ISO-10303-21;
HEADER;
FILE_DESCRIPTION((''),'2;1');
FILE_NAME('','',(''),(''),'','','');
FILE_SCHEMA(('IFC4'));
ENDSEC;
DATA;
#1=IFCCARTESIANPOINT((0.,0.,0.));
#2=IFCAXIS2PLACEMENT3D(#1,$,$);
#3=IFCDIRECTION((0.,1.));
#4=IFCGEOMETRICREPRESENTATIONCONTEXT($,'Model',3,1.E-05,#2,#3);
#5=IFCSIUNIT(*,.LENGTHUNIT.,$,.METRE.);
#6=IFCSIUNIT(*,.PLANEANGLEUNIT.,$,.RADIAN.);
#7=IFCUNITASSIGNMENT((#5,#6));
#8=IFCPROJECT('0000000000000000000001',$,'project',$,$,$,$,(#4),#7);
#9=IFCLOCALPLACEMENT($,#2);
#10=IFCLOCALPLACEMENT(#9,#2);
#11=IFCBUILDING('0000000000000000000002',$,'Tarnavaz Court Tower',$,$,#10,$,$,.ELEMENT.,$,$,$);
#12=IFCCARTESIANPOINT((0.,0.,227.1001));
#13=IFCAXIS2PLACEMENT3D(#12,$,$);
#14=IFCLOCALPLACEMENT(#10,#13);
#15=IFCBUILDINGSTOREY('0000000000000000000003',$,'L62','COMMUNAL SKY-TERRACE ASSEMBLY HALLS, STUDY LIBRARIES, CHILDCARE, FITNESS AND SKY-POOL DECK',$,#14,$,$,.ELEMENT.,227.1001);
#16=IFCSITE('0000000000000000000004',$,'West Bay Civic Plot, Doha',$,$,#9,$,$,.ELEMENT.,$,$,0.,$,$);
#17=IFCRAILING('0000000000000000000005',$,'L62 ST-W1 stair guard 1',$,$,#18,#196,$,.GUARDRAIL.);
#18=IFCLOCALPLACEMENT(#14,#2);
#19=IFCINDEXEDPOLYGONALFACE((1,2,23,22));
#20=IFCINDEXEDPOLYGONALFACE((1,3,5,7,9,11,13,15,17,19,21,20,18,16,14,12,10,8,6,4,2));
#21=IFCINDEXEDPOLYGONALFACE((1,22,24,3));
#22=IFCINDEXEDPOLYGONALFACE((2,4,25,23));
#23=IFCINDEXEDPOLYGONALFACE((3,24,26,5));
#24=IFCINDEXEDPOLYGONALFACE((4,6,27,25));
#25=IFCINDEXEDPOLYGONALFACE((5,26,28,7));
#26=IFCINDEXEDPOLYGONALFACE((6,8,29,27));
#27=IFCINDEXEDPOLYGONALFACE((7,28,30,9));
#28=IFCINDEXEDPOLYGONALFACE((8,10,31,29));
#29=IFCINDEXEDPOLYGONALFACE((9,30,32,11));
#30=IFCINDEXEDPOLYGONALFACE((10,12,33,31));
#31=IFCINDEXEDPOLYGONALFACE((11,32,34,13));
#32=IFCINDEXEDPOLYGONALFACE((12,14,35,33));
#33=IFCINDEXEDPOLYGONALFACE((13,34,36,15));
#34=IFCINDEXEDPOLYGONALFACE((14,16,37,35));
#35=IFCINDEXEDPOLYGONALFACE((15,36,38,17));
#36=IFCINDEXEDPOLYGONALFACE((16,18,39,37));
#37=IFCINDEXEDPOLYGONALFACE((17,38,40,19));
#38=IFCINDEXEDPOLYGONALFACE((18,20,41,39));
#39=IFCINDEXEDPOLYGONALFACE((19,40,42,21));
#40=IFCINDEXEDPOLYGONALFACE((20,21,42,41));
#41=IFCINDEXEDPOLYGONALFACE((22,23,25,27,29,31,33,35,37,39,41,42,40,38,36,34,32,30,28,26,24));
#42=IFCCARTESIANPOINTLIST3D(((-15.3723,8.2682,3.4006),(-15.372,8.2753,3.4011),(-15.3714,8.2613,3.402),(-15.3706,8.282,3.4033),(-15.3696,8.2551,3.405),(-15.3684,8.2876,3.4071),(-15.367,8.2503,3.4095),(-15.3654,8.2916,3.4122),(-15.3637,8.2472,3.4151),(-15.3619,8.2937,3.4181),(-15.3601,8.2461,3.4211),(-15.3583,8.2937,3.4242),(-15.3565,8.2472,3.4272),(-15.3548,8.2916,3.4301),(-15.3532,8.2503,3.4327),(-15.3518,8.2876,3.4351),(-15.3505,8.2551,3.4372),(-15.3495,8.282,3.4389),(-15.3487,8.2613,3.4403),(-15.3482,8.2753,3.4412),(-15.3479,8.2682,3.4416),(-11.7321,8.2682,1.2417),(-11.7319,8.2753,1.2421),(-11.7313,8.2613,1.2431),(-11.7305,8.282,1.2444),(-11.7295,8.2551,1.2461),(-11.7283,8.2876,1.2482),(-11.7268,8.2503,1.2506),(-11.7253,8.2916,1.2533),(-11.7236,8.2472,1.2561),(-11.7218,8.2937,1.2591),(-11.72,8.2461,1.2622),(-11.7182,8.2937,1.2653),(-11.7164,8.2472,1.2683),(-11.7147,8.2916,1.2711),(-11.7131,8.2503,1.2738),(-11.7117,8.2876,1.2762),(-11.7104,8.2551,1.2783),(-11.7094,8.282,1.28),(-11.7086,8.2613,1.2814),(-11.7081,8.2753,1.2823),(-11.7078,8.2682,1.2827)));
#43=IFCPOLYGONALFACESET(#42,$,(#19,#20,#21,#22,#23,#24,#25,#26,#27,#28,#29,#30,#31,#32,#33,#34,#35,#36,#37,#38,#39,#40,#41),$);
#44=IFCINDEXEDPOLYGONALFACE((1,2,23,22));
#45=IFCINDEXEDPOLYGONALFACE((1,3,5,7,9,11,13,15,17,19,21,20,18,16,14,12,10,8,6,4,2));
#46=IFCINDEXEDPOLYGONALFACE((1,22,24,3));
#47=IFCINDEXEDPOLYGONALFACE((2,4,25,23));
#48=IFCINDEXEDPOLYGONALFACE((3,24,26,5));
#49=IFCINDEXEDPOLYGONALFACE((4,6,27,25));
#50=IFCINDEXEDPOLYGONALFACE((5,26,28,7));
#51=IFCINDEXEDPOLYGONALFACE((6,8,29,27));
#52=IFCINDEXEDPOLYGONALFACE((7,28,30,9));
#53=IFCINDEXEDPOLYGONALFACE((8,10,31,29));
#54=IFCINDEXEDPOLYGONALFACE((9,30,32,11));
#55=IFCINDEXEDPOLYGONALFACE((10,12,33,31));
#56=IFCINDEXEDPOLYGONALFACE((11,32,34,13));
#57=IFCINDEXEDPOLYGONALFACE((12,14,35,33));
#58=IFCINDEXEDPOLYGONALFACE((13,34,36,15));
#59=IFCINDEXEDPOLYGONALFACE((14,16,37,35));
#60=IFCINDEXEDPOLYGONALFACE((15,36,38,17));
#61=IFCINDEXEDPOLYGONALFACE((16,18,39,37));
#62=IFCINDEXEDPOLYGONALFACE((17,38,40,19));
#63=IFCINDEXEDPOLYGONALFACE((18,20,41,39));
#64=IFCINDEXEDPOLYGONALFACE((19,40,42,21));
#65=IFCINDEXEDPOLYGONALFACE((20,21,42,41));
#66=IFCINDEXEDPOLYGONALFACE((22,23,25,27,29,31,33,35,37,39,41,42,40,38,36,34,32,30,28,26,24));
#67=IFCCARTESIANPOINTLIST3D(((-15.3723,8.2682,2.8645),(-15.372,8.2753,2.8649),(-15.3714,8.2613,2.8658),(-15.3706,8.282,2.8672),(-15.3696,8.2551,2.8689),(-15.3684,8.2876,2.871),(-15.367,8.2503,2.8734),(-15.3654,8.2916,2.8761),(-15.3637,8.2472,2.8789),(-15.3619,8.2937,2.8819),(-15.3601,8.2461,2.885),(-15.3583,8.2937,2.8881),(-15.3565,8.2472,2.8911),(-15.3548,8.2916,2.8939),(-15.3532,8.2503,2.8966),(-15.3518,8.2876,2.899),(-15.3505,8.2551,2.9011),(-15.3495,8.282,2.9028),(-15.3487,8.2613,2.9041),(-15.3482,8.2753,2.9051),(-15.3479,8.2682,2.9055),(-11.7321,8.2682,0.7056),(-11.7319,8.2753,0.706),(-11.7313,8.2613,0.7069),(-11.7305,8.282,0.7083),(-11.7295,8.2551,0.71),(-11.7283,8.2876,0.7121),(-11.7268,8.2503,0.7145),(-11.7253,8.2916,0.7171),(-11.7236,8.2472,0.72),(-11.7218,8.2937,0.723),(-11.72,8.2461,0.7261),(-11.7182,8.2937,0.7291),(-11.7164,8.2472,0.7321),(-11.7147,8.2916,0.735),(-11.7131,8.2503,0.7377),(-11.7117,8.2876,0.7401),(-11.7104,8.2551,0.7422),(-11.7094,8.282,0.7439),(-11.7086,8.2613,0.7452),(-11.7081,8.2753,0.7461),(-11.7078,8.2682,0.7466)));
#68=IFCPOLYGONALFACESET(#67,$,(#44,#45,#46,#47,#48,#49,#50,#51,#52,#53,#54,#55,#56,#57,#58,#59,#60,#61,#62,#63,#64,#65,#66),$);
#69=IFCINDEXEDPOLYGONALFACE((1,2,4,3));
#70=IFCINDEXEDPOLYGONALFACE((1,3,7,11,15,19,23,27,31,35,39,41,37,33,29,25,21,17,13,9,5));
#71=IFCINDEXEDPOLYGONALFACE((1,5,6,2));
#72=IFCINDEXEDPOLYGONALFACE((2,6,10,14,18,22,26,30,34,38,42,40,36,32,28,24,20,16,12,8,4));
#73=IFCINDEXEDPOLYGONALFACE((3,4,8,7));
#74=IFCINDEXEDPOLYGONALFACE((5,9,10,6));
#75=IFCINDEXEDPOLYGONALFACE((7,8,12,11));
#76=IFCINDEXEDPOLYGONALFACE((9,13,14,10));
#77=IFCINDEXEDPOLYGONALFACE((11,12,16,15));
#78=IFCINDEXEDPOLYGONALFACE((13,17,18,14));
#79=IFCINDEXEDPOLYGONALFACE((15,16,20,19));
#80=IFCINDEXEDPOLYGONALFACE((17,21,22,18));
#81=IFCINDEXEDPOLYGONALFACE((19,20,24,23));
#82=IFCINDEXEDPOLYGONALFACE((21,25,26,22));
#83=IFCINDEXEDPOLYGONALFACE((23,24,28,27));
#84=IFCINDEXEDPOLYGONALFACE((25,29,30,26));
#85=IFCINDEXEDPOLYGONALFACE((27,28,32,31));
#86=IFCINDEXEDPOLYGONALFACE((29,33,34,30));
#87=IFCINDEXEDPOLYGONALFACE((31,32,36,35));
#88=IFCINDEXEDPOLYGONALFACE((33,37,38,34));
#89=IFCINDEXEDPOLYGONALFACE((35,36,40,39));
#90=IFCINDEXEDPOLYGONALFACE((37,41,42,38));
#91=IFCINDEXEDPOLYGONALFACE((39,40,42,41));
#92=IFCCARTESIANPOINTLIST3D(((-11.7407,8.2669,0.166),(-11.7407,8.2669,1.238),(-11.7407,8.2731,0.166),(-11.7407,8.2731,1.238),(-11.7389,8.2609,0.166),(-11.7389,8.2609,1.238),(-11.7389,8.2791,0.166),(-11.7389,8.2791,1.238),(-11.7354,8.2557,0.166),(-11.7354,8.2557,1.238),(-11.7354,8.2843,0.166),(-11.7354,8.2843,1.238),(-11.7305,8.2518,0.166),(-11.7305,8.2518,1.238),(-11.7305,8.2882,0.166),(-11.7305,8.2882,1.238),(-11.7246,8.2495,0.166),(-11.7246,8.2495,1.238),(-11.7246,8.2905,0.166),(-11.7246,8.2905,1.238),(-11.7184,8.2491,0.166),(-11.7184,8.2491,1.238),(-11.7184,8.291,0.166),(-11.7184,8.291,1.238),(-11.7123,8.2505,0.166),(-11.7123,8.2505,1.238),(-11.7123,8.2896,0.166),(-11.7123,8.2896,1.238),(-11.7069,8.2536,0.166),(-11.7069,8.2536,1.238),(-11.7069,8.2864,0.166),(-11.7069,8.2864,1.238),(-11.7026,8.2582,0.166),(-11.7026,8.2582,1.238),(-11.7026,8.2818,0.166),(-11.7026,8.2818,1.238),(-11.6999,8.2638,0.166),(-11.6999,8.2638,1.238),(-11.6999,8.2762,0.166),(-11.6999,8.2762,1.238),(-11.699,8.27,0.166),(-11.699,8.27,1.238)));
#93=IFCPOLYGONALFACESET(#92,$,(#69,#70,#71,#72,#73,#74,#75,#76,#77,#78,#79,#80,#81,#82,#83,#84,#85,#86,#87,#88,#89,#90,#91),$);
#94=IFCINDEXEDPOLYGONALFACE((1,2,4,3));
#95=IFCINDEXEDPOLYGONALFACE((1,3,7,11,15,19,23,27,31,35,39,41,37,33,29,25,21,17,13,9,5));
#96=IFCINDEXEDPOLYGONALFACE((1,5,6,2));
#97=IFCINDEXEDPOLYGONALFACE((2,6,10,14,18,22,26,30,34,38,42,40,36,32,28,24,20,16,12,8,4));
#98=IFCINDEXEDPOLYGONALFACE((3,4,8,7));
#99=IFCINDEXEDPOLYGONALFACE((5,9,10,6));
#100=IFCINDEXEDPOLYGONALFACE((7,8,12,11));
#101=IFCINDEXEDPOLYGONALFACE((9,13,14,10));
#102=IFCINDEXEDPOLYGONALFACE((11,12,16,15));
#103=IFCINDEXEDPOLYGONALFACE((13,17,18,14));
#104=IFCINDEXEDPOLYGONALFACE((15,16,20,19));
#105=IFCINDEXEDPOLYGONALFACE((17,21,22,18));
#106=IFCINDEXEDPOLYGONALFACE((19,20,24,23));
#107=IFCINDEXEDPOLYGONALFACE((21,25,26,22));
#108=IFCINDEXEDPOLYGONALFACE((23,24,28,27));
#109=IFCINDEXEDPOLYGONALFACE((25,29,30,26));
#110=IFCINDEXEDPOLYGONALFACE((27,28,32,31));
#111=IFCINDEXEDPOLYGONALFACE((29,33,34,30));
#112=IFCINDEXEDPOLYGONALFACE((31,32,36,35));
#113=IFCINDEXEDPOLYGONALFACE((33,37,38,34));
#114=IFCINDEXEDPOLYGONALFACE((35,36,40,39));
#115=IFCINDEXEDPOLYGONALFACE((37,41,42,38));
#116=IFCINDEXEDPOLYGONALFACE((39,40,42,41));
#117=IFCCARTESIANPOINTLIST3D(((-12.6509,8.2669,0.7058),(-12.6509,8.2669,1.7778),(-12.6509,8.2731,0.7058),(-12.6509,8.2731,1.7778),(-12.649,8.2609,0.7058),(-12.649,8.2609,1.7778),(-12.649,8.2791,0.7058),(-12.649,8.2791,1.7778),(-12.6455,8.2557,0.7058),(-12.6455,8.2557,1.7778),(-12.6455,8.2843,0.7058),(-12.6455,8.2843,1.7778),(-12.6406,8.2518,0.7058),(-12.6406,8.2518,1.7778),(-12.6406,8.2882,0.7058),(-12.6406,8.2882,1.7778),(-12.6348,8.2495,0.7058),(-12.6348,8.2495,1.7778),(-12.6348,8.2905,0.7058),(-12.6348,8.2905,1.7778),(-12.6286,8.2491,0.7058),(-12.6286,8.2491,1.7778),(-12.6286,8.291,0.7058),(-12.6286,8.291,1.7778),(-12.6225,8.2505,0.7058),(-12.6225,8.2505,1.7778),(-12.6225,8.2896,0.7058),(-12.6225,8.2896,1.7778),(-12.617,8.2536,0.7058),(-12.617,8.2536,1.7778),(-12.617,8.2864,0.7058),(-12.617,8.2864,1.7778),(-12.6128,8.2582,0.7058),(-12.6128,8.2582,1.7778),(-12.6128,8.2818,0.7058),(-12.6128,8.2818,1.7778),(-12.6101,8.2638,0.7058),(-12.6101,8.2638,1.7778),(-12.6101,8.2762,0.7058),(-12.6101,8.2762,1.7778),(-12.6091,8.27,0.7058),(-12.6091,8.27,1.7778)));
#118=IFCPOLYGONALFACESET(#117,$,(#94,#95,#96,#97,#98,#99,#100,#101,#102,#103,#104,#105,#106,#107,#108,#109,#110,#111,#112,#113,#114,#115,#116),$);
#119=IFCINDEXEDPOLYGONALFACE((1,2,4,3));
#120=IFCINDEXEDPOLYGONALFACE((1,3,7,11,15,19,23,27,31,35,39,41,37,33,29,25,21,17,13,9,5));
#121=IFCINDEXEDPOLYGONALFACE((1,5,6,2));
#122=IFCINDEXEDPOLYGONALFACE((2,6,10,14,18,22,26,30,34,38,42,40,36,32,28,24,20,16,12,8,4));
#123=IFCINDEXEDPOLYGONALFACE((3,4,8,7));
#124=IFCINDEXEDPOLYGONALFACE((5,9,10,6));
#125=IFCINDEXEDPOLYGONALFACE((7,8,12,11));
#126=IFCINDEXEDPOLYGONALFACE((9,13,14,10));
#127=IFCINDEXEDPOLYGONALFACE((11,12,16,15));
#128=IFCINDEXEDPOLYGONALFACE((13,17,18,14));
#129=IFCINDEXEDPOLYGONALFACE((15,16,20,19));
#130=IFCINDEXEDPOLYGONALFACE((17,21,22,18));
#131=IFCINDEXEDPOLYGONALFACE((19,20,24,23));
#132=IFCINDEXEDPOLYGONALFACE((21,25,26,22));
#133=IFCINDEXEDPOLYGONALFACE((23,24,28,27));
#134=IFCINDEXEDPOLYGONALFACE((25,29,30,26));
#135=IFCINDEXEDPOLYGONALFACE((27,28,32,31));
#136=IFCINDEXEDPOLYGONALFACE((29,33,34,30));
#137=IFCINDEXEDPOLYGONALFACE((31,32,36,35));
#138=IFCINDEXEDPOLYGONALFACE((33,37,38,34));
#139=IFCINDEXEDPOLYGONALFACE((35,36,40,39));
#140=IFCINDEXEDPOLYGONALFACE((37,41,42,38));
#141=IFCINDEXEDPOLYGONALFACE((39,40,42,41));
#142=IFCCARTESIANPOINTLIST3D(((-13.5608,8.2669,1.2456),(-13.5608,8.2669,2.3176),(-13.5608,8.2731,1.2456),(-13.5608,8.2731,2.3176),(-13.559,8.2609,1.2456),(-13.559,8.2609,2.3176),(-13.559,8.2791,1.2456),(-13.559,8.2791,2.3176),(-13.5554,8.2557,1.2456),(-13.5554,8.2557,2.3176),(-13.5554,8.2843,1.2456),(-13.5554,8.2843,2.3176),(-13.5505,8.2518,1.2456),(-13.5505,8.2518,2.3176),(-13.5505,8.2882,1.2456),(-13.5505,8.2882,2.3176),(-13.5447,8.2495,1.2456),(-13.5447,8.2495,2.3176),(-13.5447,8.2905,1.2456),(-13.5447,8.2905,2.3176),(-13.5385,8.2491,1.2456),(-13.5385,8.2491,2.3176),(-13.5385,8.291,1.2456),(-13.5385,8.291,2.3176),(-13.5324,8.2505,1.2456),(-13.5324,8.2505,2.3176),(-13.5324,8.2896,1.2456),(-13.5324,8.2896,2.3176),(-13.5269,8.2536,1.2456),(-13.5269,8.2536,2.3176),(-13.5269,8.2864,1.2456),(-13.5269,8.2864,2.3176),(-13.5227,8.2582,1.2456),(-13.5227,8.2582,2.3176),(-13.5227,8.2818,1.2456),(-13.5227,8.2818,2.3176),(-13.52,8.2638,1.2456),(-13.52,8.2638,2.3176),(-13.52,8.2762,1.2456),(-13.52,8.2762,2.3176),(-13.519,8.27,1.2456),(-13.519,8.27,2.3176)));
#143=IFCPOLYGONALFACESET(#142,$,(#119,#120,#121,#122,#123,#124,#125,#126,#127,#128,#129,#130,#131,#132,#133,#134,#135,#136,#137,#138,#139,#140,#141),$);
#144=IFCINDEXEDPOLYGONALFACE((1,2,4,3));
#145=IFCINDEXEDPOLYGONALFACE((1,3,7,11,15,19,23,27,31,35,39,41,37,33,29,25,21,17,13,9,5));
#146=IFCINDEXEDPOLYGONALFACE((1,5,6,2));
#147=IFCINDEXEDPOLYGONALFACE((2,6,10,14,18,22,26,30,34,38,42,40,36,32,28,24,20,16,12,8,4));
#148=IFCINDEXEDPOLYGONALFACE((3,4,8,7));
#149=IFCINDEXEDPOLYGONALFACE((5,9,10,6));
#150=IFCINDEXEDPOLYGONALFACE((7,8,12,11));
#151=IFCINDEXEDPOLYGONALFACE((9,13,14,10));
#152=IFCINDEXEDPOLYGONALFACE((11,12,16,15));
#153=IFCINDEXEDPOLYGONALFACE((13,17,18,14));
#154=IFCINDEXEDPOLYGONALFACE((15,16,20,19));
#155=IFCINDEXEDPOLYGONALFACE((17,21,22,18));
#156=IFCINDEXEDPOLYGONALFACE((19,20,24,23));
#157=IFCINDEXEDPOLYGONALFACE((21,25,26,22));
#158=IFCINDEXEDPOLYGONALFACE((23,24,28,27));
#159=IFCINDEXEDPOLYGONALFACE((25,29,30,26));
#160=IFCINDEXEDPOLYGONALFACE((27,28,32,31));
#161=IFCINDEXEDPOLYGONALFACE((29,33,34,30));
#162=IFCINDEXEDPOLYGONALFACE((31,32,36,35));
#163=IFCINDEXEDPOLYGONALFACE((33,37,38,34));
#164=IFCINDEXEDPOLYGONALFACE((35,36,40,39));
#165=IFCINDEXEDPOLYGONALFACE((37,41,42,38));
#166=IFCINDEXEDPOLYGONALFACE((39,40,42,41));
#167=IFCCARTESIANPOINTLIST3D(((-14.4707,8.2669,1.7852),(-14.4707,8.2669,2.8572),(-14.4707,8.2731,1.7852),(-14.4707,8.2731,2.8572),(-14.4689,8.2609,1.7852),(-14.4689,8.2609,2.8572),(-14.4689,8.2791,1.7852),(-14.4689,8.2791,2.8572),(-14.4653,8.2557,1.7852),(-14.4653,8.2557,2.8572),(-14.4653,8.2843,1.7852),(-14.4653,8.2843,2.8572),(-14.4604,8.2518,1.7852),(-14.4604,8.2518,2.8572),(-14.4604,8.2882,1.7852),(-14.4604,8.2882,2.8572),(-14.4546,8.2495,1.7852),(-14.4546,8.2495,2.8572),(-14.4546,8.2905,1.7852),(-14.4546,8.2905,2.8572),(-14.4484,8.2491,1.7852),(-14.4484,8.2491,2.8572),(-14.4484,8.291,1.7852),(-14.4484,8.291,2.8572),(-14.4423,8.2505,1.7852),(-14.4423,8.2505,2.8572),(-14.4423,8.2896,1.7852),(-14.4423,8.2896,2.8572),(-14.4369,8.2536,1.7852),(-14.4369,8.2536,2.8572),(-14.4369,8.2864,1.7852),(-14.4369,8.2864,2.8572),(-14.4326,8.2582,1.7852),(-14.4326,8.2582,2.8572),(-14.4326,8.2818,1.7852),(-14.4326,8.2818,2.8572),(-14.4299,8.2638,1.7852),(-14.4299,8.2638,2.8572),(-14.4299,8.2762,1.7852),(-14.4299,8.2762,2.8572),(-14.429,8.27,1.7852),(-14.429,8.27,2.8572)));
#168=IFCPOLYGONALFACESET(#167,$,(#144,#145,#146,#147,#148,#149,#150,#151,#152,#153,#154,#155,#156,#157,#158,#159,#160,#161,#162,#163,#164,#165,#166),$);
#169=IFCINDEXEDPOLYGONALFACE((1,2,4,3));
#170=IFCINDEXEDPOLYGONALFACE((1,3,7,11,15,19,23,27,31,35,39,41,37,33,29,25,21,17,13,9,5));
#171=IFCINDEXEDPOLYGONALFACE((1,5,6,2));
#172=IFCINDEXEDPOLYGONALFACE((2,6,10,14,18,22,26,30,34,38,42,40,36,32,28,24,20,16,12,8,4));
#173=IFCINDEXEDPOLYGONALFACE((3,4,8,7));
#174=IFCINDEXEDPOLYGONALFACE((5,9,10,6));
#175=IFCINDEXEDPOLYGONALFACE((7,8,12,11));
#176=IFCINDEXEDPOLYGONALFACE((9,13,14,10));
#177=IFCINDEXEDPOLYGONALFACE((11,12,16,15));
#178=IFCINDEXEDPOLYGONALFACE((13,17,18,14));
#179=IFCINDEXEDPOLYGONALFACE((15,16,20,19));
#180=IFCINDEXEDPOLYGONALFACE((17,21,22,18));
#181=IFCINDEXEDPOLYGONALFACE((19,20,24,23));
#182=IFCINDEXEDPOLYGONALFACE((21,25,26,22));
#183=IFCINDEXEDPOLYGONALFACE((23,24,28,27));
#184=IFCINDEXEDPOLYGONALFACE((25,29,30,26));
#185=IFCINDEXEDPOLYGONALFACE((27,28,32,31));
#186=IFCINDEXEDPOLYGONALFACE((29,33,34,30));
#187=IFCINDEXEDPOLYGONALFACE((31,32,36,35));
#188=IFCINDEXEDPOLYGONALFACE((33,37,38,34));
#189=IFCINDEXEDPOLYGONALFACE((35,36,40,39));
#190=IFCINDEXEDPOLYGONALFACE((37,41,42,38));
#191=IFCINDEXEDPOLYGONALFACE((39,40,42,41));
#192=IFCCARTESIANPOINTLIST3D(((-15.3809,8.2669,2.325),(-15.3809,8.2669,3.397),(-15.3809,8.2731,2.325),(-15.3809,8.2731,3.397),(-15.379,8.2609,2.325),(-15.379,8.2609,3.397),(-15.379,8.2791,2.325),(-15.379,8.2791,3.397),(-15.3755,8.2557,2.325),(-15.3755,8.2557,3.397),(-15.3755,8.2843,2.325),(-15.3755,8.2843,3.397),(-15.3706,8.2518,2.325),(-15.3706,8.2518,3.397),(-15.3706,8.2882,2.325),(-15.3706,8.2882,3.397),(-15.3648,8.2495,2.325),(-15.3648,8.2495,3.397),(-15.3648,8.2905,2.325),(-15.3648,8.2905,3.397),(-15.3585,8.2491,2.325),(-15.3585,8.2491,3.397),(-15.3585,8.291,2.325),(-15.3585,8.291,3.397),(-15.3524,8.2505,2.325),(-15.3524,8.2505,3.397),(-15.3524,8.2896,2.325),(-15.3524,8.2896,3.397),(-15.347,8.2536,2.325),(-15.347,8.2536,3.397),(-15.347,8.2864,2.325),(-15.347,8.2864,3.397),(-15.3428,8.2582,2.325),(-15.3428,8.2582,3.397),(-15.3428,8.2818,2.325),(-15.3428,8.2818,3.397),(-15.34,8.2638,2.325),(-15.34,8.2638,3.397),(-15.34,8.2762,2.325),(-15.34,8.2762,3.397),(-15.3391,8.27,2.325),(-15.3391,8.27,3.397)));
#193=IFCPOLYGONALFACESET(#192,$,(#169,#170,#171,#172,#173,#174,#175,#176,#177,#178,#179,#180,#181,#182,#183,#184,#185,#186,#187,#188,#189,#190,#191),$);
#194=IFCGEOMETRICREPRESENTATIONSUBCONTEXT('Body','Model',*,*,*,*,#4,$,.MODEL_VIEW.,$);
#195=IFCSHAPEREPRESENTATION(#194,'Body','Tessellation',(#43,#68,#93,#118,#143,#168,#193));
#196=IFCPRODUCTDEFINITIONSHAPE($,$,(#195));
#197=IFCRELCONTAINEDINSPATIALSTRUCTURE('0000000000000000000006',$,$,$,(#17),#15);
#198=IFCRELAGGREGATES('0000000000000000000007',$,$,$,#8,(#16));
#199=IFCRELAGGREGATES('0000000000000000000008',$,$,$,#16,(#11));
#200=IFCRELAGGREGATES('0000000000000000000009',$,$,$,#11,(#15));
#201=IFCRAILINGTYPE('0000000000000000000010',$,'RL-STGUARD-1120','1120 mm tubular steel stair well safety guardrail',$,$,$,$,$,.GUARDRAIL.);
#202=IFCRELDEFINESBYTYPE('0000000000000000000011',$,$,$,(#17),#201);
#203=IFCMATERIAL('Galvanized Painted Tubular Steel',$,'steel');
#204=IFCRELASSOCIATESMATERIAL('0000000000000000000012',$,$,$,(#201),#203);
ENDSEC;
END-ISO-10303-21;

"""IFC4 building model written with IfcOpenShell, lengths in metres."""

from ifc_helpers import new_model, si_unit, direction, frame, origin, origin_2d, place, context, subcontext, project, spatial, circle, extrude, material, type_object, element, save


model = new_model("IFC4")

# Units and contexts
model_context = context("Model", 3, precision=1e-05, world=origin(), true_north=direction((0.0, 1.0)))
body_context = subcontext(model_context, "Body", "Model", "MODEL_VIEW")
ifc_project = project(units=[si_unit("LENGTHUNIT", "METRE"), si_unit("PLANEANGLEUNIT", "RADIAN")], contexts=[model_context])

# Site, building, storey
site_placement = place(None, origin())
site = spatial("IfcSite", under=ifc_project, at=site_placement, Name="West Bay Civic Plot, Doha", CompositionType="ELEMENT", RefElevation=0.0)
building_placement = place(site_placement, origin())
building = spatial("IfcBuilding", under=site, at=building_placement, Name="Tarnavaz Court Tower", CompositionType="ELEMENT")
storey_placement = place(building_placement, frame((0.0, 0.0, 227.1001)))
storey = spatial("IfcBuildingStorey", under=building, at=storey_placement, Name="L62", Description="COMMUNAL SKY-TERRACE ASSEMBLY HALLS, STUDY LIBRARIES, CHILDCARE, FITNESS AND SKY-POOL DECK", CompositionType="ELEMENT", Elevation=227.1001)

# Railing
ifc_material_1 = material(Name="Galvanized Painted Tubular Steel", Category="steel")
railing_type_1 = type_object("IfcRailingType", Name="RL-STGUARD-1120", Description="1120 mm tubular steel stair well safety guardrail", PredefinedType="GUARDRAIL", material=ifc_material_1)
railing_1_placement = place(storey_placement, frame((-11.72, 8.27, 0.166)))
element("IfcRailing", 1, at=railing_1_placement, inside=storey, type_object=railing_type_1, Name="L62 ST-W1 stair guard 1", PredefinedType="GUARDRAIL", context=body_context, shape_type="SweptSolid", body=[
    extrude(circle(Radius=0.0239, at=origin_2d()), frame((0.0, 0.0, 1.0962), z_axis=(-0.860103, 0.0, 0.51012), x_axis=(0.0, -1.0, 0.0)), (0.0, 0.0, 1.0), 4.2322),
    extrude(circle(Radius=0.0239, at=origin_2d()), frame((0.0, 0.0, 0.5601), z_axis=(-0.860103, 0.0, 0.51012), x_axis=(0.0, -1.0, 0.0)), (0.0, 0.0, 1.0), 4.2322),
    extrude(circle(Radius=0.021, at=origin_2d()), origin(), (0.0, 0.0, 1.0), 1.072),
    extrude(circle(Radius=0.021, at=origin_2d()), frame((-0.9102, 0.0, 0.5398)), (0.0, 0.0, 1.0), 1.072),
    extrude(circle(Radius=0.021, at=origin_2d()), frame((-1.8201, 0.0, 1.0796)), (0.0, 0.0, 1.0), 1.072),
    extrude(circle(Radius=0.021, at=origin_2d()), frame((-2.73, 0.0, 1.6191)), (0.0, 0.0, 1.0), 1.072),
    extrude(circle(Radius=0.021, at=origin_2d()), frame((-3.6401, 0.0, 2.1589)), (0.0, 0.0, 1.0), 1.072),
])

save(model, "model.ifc")
